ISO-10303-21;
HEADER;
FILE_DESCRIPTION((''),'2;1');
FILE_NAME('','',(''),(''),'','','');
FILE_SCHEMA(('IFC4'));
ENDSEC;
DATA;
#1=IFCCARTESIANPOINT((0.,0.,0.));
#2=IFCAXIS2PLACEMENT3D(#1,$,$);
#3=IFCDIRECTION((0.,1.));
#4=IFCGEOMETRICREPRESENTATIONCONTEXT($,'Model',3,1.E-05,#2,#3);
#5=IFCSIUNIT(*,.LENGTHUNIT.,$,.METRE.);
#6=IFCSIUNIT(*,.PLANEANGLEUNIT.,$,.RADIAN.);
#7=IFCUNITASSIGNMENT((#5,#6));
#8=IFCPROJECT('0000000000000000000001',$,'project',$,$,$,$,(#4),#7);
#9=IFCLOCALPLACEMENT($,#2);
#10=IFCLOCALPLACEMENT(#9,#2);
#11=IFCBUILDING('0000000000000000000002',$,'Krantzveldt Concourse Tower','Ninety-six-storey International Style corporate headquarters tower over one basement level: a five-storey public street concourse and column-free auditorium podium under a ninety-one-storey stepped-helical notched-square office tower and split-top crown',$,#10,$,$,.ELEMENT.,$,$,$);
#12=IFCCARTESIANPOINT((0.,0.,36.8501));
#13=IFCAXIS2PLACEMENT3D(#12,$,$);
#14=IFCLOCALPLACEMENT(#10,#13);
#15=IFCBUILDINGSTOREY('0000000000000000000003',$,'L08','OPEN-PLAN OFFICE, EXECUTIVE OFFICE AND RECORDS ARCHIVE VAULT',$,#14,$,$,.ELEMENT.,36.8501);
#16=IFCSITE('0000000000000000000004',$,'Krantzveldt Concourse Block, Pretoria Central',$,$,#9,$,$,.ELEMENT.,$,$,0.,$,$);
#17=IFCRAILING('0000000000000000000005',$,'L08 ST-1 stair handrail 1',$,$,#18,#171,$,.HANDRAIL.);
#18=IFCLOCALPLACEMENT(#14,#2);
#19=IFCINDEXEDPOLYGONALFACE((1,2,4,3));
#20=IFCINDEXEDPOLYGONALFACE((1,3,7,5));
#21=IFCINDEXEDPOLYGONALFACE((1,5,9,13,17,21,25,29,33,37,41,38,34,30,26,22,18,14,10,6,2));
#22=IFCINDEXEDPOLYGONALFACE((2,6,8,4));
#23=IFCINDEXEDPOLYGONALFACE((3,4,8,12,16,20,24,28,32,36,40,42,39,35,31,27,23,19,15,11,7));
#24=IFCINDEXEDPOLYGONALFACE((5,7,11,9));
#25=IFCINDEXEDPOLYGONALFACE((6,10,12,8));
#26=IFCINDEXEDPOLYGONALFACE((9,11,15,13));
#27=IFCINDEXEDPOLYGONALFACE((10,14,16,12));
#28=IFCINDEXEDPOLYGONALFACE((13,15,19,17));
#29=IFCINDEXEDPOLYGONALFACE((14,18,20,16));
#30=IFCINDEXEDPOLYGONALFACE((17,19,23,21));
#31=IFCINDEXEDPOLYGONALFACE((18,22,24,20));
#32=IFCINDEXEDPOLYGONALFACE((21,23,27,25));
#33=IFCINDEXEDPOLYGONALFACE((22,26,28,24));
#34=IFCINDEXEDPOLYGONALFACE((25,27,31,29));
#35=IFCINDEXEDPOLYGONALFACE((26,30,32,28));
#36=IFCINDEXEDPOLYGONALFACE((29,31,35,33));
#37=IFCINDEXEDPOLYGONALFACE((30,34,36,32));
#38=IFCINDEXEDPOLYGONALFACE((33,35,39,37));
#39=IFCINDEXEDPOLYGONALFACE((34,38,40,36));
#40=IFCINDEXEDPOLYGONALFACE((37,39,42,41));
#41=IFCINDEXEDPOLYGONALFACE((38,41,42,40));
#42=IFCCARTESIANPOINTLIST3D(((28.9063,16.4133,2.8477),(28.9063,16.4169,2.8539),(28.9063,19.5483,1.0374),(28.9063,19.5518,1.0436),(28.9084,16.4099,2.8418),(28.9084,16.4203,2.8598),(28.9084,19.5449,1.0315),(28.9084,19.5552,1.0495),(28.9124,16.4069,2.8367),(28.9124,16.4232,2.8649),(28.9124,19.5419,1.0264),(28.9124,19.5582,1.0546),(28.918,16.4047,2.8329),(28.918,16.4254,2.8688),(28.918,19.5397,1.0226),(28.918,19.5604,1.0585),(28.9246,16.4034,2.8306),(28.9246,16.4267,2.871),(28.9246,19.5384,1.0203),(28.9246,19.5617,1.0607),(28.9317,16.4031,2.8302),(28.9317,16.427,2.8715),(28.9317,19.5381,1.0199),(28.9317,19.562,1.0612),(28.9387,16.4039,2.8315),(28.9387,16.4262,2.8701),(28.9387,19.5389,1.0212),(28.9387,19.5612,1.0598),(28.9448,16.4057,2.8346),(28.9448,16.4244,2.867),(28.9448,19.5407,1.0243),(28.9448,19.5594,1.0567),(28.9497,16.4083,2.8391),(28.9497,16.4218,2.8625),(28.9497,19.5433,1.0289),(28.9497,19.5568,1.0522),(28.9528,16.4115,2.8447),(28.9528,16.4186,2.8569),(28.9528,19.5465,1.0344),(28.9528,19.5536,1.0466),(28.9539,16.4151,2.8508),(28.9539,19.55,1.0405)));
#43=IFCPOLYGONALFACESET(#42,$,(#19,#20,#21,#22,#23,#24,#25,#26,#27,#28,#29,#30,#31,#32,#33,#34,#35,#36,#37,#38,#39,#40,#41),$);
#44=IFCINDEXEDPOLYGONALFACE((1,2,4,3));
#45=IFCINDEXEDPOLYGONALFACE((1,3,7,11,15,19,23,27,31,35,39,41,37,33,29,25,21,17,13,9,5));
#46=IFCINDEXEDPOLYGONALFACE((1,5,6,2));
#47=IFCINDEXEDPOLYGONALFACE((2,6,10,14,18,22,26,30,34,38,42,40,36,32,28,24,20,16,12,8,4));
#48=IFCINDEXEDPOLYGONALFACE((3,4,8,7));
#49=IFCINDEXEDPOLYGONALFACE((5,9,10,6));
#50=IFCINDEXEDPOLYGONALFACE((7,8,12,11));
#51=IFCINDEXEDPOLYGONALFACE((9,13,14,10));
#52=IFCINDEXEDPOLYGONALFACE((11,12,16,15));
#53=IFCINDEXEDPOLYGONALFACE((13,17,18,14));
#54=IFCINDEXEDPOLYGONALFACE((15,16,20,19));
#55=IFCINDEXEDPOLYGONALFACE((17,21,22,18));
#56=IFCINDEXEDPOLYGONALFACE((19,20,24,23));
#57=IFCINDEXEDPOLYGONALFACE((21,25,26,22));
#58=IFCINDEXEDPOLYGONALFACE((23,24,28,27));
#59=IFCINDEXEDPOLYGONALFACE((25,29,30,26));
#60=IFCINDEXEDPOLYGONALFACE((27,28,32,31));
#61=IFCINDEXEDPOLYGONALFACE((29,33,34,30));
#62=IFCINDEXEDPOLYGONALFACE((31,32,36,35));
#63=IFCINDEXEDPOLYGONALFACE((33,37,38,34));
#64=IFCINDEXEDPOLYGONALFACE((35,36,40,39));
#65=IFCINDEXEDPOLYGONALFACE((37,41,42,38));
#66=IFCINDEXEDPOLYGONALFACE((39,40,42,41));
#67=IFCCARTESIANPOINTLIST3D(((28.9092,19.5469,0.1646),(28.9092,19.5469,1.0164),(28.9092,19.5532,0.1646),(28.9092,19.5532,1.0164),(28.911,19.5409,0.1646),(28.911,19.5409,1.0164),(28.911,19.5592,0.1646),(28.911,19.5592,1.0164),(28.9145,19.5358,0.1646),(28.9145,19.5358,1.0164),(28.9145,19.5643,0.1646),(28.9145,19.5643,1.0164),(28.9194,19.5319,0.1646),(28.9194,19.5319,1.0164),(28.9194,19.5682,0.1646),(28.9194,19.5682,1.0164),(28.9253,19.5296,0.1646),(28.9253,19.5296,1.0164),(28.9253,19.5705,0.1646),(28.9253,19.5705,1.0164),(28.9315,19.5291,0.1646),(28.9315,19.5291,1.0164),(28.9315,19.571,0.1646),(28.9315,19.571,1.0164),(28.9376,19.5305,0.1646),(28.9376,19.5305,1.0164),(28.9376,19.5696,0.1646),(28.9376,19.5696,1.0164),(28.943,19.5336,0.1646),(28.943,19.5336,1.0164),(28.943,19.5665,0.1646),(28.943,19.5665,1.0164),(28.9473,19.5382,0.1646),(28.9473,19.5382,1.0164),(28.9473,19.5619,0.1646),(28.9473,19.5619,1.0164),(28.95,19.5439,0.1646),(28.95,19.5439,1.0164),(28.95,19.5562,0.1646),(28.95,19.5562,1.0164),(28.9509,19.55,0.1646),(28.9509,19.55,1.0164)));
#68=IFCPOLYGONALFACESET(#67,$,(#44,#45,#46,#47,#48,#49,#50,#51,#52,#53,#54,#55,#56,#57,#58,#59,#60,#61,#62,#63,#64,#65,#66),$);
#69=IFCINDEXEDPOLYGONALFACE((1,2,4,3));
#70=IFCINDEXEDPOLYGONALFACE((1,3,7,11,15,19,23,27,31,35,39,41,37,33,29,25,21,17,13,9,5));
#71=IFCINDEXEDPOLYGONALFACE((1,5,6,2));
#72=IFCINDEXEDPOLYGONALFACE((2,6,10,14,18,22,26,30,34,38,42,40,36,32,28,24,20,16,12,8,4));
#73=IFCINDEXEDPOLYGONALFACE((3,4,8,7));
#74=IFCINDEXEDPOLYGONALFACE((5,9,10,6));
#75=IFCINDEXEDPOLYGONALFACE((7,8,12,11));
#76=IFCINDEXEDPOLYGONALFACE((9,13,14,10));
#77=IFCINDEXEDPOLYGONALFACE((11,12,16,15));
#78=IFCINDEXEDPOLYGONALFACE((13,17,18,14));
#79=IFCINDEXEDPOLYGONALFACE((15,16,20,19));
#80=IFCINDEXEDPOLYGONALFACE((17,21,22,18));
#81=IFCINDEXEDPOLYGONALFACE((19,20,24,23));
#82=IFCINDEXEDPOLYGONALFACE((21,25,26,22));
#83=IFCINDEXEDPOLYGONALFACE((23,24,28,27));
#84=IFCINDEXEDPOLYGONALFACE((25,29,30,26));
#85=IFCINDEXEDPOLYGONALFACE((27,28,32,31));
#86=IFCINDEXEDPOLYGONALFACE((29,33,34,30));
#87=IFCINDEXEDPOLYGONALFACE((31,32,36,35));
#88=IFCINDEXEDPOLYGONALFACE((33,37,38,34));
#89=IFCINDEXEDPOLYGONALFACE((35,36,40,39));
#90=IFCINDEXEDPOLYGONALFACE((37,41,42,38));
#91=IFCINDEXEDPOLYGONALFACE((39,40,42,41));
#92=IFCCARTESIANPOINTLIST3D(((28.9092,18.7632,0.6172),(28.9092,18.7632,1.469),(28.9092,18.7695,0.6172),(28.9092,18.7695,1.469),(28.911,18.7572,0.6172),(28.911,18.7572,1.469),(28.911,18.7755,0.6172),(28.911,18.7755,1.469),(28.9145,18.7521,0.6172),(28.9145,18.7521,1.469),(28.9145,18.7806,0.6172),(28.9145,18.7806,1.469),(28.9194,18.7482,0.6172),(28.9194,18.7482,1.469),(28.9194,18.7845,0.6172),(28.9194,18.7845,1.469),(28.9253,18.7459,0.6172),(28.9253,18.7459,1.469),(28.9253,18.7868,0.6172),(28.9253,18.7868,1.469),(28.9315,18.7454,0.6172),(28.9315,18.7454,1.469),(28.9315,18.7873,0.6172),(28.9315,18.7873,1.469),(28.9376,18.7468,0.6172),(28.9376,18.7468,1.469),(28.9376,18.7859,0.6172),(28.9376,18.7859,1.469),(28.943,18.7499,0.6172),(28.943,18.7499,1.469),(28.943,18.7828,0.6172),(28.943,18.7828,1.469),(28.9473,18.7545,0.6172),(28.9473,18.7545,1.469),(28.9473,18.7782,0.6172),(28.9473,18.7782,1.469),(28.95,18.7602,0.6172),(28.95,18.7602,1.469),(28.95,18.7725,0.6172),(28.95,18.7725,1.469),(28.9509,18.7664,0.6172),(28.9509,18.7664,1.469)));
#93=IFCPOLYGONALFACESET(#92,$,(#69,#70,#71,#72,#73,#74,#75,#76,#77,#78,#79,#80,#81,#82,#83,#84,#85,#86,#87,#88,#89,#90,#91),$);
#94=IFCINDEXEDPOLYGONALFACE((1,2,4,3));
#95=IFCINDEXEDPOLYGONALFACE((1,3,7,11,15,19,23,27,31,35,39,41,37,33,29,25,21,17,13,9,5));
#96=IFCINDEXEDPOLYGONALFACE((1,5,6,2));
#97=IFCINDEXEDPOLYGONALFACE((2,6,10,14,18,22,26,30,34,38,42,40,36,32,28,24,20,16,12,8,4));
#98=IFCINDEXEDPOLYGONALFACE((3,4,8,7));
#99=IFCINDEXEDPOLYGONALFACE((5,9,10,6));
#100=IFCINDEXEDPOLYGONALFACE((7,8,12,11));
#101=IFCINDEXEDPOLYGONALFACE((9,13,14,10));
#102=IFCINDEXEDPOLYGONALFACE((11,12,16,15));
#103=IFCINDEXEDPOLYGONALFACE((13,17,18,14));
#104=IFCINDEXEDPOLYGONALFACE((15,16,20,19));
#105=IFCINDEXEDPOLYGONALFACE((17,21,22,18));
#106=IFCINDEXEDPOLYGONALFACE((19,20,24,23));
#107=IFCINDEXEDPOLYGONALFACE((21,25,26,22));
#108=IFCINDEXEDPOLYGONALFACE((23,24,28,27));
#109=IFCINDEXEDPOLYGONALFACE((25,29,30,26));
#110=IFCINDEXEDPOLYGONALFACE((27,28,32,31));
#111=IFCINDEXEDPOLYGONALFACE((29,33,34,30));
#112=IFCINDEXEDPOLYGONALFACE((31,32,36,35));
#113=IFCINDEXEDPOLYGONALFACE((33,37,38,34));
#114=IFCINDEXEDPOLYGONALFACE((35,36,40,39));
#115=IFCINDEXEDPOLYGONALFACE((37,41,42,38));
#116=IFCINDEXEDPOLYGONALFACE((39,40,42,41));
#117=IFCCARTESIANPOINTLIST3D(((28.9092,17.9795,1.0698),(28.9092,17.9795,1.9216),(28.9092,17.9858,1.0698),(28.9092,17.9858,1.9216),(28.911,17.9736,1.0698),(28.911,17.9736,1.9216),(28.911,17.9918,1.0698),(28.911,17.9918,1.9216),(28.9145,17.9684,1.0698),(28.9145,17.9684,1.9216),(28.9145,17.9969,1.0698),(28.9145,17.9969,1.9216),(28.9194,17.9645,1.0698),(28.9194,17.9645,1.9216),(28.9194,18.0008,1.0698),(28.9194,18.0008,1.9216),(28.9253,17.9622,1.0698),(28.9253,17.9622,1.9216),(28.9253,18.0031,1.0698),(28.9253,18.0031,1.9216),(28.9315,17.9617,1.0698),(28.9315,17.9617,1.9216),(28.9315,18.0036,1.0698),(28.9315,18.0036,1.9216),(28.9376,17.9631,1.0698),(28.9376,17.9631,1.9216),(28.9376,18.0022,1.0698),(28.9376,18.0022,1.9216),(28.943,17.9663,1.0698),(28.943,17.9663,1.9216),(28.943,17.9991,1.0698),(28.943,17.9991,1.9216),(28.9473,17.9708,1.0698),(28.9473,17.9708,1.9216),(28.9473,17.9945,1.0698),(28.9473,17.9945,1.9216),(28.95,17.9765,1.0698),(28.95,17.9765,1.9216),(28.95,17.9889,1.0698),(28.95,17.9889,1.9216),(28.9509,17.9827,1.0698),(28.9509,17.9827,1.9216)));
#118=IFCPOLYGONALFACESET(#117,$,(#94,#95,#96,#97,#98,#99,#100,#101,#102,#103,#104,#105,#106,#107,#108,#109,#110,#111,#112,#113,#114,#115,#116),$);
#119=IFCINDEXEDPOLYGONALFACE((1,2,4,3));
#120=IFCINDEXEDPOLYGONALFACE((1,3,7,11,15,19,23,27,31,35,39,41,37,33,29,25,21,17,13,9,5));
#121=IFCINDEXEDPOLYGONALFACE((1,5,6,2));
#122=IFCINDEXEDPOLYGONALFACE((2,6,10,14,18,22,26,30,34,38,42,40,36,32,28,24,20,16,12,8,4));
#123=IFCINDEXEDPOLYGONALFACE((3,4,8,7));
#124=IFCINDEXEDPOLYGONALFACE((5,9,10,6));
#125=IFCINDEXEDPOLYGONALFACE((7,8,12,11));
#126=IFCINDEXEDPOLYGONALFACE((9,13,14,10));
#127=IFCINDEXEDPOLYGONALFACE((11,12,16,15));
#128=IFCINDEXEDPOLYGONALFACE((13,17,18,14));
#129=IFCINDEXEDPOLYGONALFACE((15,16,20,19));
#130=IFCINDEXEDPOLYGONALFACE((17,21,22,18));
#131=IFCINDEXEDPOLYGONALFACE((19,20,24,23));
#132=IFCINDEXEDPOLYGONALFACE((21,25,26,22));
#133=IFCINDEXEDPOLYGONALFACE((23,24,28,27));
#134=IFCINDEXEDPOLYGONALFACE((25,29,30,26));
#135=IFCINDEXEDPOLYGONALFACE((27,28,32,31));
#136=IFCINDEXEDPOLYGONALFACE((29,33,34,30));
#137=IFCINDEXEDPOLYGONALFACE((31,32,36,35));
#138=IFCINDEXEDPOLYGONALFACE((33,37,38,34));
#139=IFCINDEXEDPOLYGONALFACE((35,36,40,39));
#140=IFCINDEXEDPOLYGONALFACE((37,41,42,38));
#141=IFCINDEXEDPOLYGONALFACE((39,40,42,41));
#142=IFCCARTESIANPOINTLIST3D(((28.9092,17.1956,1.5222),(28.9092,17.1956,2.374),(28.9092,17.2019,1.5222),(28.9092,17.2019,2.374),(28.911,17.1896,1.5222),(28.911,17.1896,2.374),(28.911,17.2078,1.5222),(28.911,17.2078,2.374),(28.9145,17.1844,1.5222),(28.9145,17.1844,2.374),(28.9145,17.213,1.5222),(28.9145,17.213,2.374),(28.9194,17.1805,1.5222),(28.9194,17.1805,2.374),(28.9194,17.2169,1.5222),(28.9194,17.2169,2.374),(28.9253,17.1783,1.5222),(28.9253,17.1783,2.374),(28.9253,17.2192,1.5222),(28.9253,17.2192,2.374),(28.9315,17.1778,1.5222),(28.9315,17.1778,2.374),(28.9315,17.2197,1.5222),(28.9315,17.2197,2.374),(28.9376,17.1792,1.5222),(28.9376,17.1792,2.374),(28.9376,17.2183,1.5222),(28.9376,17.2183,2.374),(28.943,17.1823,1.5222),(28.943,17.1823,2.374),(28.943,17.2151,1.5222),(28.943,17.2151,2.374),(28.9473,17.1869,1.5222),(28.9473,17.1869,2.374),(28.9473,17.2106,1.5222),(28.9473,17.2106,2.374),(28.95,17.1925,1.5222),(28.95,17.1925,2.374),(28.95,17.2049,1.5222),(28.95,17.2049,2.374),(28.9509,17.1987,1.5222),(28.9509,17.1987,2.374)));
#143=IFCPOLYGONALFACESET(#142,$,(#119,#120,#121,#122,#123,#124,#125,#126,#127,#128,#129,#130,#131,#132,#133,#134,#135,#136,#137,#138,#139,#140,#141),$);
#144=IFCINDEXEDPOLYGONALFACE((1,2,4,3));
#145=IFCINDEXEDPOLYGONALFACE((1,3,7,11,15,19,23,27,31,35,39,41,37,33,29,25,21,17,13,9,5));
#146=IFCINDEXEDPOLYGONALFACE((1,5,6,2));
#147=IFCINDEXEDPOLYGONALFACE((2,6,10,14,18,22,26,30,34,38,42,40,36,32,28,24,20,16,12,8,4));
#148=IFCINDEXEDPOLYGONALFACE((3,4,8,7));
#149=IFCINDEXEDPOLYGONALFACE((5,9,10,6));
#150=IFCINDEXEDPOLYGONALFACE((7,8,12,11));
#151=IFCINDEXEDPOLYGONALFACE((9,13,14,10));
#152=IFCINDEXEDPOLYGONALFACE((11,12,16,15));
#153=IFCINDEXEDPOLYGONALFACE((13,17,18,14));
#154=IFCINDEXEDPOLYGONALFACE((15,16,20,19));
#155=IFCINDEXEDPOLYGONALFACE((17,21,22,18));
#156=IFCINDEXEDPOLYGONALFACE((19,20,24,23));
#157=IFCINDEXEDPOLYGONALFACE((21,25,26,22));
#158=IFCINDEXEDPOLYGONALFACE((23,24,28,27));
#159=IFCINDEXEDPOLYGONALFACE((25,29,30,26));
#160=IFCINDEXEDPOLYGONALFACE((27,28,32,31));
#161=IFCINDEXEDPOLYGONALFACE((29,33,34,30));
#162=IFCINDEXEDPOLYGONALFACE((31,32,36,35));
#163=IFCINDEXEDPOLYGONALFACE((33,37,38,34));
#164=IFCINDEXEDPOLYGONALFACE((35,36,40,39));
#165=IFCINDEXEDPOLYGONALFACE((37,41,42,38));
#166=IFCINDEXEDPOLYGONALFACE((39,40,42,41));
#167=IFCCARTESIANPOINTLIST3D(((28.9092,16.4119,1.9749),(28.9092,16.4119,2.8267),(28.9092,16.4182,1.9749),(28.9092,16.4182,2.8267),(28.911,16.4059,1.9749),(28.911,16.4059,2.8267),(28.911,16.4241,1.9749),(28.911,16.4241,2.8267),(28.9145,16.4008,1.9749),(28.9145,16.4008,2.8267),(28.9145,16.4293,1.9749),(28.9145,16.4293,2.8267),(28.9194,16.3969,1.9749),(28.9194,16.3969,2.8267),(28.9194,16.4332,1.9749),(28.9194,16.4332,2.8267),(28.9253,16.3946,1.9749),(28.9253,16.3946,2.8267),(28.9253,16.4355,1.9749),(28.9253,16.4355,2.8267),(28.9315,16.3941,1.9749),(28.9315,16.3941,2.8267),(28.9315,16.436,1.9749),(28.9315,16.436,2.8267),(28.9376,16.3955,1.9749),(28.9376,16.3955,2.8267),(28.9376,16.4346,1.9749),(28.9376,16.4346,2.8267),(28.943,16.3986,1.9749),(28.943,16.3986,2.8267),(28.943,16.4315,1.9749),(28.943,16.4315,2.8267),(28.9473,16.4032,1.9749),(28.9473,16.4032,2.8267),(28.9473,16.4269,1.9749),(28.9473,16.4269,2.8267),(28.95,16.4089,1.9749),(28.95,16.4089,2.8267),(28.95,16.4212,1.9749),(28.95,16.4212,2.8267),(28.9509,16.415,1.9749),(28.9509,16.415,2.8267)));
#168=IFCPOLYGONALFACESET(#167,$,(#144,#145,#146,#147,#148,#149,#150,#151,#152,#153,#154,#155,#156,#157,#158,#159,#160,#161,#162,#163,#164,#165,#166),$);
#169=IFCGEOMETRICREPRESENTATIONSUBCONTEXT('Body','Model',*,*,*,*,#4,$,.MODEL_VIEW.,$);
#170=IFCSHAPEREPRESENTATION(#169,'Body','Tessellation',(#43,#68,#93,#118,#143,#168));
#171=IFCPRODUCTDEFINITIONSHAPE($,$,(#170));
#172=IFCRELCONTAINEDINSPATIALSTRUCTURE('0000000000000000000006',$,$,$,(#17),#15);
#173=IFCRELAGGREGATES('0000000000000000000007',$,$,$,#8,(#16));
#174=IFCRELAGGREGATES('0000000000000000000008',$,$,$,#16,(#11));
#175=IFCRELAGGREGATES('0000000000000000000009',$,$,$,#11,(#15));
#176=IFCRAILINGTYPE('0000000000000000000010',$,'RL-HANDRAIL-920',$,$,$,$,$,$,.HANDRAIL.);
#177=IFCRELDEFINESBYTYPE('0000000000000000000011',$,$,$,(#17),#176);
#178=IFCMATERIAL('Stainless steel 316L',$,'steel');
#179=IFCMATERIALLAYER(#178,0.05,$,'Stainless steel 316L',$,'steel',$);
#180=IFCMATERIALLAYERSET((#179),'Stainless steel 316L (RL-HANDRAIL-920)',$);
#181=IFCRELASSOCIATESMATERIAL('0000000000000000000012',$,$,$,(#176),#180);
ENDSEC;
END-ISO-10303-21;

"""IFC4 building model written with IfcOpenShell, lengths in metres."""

from ifc_helpers import new_model, si_unit, direction, frame, origin, origin_2d, place, context, subcontext, project, spatial, circle, extrude, material, layer, layer_set, type_object, element, save


model = new_model("IFC4")

# Units and contexts
model_context = context("Model", 3, precision=1e-05, world=origin(), true_north=direction((0.0, 1.0)))
body_context = subcontext(model_context, "Body", "Model", "MODEL_VIEW")
ifc_project = project(units=[si_unit("LENGTHUNIT", "METRE"), si_unit("PLANEANGLEUNIT", "RADIAN")], contexts=[model_context])

# Site, building, storey
site_placement = place(None, origin())
site = spatial("IfcSite", under=ifc_project, at=site_placement, Name="Krantzveldt Concourse Block, Pretoria Central", CompositionType="ELEMENT", RefElevation=0.0)
building_placement = place(site_placement, origin())
building = spatial("IfcBuilding", under=site, at=building_placement, Name="Krantzveldt Concourse Tower", Description="Ninety-six-storey International Style corporate headquarters tower over one basement level: a five-storey public street concourse and column-free auditorium podium under a ninety-one-storey stepped-helical notched-square office tower and split-top crown", CompositionType="ELEMENT")
storey_placement = place(building_placement, frame((0.0, 0.0, 36.8501)))
storey = spatial("IfcBuildingStorey", under=building, at=storey_placement, Name="L08", Description="OPEN-PLAN OFFICE, EXECUTIVE OFFICE AND RECORDS ARCHIVE VAULT", CompositionType="ELEMENT", Elevation=36.8501)

# Railing
ifc_material_1 = material(Name="Stainless steel 316L", Category="steel")
ifc_layer_1 = layer(ifc_material_1, 0.05, Name="Stainless steel 316L", Category="steel")
ifc_layer_set_1 = layer_set([ifc_layer_1], Name="Stainless steel 316L (RL-HANDRAIL-920)")
railing_type_1 = type_object("IfcRailingType", Name="RL-HANDRAIL-920", PredefinedType="HANDRAIL", material=ifc_layer_set_1)
railing_1_placement = place(storey_placement, frame((28.9299, 19.55, 0.1646)))
element("IfcRailing", 1, at=railing_1_placement, inside=storey, type_object=railing_type_1, Name="L08 ST-1 stair handrail 1", PredefinedType="HANDRAIL", context=body_context, shape_type="SweptSolid", body=[
    extrude(circle(Radius=0.0239, at=origin_2d()), frame((0.0, 0.0, 0.876), z_axis=(0.0, -0.865989, 0.500063), x_axis=(1.0, 0.0, 0.0)), (0.0, 0.0, 1.0), 3.6201),
    extrude(circle(Radius=0.021, at=origin_2d()), origin(), (0.0, 0.0, 1.0), 0.8518),
    extrude(circle(Radius=0.021, at=origin_2d()), frame((0.0, -0.7837, 0.4526)), (0.0, 0.0, 1.0), 0.8518),
    extrude(circle(Radius=0.021, at=origin_2d()), frame((0.0, -1.5674, 0.9053)), (0.0, 0.0, 1.0), 0.8518),
    extrude(circle(Radius=0.021, at=origin_2d()), frame((0.0, -2.3513, 1.3577)), (0.0, 0.0, 1.0), 0.8518),
    extrude(circle(Radius=0.021, at=origin_2d()), frame((0.0, -3.135, 1.8103)), (0.0, 0.0, 1.0), 0.8518),
])

save(model, "model.ifc")
